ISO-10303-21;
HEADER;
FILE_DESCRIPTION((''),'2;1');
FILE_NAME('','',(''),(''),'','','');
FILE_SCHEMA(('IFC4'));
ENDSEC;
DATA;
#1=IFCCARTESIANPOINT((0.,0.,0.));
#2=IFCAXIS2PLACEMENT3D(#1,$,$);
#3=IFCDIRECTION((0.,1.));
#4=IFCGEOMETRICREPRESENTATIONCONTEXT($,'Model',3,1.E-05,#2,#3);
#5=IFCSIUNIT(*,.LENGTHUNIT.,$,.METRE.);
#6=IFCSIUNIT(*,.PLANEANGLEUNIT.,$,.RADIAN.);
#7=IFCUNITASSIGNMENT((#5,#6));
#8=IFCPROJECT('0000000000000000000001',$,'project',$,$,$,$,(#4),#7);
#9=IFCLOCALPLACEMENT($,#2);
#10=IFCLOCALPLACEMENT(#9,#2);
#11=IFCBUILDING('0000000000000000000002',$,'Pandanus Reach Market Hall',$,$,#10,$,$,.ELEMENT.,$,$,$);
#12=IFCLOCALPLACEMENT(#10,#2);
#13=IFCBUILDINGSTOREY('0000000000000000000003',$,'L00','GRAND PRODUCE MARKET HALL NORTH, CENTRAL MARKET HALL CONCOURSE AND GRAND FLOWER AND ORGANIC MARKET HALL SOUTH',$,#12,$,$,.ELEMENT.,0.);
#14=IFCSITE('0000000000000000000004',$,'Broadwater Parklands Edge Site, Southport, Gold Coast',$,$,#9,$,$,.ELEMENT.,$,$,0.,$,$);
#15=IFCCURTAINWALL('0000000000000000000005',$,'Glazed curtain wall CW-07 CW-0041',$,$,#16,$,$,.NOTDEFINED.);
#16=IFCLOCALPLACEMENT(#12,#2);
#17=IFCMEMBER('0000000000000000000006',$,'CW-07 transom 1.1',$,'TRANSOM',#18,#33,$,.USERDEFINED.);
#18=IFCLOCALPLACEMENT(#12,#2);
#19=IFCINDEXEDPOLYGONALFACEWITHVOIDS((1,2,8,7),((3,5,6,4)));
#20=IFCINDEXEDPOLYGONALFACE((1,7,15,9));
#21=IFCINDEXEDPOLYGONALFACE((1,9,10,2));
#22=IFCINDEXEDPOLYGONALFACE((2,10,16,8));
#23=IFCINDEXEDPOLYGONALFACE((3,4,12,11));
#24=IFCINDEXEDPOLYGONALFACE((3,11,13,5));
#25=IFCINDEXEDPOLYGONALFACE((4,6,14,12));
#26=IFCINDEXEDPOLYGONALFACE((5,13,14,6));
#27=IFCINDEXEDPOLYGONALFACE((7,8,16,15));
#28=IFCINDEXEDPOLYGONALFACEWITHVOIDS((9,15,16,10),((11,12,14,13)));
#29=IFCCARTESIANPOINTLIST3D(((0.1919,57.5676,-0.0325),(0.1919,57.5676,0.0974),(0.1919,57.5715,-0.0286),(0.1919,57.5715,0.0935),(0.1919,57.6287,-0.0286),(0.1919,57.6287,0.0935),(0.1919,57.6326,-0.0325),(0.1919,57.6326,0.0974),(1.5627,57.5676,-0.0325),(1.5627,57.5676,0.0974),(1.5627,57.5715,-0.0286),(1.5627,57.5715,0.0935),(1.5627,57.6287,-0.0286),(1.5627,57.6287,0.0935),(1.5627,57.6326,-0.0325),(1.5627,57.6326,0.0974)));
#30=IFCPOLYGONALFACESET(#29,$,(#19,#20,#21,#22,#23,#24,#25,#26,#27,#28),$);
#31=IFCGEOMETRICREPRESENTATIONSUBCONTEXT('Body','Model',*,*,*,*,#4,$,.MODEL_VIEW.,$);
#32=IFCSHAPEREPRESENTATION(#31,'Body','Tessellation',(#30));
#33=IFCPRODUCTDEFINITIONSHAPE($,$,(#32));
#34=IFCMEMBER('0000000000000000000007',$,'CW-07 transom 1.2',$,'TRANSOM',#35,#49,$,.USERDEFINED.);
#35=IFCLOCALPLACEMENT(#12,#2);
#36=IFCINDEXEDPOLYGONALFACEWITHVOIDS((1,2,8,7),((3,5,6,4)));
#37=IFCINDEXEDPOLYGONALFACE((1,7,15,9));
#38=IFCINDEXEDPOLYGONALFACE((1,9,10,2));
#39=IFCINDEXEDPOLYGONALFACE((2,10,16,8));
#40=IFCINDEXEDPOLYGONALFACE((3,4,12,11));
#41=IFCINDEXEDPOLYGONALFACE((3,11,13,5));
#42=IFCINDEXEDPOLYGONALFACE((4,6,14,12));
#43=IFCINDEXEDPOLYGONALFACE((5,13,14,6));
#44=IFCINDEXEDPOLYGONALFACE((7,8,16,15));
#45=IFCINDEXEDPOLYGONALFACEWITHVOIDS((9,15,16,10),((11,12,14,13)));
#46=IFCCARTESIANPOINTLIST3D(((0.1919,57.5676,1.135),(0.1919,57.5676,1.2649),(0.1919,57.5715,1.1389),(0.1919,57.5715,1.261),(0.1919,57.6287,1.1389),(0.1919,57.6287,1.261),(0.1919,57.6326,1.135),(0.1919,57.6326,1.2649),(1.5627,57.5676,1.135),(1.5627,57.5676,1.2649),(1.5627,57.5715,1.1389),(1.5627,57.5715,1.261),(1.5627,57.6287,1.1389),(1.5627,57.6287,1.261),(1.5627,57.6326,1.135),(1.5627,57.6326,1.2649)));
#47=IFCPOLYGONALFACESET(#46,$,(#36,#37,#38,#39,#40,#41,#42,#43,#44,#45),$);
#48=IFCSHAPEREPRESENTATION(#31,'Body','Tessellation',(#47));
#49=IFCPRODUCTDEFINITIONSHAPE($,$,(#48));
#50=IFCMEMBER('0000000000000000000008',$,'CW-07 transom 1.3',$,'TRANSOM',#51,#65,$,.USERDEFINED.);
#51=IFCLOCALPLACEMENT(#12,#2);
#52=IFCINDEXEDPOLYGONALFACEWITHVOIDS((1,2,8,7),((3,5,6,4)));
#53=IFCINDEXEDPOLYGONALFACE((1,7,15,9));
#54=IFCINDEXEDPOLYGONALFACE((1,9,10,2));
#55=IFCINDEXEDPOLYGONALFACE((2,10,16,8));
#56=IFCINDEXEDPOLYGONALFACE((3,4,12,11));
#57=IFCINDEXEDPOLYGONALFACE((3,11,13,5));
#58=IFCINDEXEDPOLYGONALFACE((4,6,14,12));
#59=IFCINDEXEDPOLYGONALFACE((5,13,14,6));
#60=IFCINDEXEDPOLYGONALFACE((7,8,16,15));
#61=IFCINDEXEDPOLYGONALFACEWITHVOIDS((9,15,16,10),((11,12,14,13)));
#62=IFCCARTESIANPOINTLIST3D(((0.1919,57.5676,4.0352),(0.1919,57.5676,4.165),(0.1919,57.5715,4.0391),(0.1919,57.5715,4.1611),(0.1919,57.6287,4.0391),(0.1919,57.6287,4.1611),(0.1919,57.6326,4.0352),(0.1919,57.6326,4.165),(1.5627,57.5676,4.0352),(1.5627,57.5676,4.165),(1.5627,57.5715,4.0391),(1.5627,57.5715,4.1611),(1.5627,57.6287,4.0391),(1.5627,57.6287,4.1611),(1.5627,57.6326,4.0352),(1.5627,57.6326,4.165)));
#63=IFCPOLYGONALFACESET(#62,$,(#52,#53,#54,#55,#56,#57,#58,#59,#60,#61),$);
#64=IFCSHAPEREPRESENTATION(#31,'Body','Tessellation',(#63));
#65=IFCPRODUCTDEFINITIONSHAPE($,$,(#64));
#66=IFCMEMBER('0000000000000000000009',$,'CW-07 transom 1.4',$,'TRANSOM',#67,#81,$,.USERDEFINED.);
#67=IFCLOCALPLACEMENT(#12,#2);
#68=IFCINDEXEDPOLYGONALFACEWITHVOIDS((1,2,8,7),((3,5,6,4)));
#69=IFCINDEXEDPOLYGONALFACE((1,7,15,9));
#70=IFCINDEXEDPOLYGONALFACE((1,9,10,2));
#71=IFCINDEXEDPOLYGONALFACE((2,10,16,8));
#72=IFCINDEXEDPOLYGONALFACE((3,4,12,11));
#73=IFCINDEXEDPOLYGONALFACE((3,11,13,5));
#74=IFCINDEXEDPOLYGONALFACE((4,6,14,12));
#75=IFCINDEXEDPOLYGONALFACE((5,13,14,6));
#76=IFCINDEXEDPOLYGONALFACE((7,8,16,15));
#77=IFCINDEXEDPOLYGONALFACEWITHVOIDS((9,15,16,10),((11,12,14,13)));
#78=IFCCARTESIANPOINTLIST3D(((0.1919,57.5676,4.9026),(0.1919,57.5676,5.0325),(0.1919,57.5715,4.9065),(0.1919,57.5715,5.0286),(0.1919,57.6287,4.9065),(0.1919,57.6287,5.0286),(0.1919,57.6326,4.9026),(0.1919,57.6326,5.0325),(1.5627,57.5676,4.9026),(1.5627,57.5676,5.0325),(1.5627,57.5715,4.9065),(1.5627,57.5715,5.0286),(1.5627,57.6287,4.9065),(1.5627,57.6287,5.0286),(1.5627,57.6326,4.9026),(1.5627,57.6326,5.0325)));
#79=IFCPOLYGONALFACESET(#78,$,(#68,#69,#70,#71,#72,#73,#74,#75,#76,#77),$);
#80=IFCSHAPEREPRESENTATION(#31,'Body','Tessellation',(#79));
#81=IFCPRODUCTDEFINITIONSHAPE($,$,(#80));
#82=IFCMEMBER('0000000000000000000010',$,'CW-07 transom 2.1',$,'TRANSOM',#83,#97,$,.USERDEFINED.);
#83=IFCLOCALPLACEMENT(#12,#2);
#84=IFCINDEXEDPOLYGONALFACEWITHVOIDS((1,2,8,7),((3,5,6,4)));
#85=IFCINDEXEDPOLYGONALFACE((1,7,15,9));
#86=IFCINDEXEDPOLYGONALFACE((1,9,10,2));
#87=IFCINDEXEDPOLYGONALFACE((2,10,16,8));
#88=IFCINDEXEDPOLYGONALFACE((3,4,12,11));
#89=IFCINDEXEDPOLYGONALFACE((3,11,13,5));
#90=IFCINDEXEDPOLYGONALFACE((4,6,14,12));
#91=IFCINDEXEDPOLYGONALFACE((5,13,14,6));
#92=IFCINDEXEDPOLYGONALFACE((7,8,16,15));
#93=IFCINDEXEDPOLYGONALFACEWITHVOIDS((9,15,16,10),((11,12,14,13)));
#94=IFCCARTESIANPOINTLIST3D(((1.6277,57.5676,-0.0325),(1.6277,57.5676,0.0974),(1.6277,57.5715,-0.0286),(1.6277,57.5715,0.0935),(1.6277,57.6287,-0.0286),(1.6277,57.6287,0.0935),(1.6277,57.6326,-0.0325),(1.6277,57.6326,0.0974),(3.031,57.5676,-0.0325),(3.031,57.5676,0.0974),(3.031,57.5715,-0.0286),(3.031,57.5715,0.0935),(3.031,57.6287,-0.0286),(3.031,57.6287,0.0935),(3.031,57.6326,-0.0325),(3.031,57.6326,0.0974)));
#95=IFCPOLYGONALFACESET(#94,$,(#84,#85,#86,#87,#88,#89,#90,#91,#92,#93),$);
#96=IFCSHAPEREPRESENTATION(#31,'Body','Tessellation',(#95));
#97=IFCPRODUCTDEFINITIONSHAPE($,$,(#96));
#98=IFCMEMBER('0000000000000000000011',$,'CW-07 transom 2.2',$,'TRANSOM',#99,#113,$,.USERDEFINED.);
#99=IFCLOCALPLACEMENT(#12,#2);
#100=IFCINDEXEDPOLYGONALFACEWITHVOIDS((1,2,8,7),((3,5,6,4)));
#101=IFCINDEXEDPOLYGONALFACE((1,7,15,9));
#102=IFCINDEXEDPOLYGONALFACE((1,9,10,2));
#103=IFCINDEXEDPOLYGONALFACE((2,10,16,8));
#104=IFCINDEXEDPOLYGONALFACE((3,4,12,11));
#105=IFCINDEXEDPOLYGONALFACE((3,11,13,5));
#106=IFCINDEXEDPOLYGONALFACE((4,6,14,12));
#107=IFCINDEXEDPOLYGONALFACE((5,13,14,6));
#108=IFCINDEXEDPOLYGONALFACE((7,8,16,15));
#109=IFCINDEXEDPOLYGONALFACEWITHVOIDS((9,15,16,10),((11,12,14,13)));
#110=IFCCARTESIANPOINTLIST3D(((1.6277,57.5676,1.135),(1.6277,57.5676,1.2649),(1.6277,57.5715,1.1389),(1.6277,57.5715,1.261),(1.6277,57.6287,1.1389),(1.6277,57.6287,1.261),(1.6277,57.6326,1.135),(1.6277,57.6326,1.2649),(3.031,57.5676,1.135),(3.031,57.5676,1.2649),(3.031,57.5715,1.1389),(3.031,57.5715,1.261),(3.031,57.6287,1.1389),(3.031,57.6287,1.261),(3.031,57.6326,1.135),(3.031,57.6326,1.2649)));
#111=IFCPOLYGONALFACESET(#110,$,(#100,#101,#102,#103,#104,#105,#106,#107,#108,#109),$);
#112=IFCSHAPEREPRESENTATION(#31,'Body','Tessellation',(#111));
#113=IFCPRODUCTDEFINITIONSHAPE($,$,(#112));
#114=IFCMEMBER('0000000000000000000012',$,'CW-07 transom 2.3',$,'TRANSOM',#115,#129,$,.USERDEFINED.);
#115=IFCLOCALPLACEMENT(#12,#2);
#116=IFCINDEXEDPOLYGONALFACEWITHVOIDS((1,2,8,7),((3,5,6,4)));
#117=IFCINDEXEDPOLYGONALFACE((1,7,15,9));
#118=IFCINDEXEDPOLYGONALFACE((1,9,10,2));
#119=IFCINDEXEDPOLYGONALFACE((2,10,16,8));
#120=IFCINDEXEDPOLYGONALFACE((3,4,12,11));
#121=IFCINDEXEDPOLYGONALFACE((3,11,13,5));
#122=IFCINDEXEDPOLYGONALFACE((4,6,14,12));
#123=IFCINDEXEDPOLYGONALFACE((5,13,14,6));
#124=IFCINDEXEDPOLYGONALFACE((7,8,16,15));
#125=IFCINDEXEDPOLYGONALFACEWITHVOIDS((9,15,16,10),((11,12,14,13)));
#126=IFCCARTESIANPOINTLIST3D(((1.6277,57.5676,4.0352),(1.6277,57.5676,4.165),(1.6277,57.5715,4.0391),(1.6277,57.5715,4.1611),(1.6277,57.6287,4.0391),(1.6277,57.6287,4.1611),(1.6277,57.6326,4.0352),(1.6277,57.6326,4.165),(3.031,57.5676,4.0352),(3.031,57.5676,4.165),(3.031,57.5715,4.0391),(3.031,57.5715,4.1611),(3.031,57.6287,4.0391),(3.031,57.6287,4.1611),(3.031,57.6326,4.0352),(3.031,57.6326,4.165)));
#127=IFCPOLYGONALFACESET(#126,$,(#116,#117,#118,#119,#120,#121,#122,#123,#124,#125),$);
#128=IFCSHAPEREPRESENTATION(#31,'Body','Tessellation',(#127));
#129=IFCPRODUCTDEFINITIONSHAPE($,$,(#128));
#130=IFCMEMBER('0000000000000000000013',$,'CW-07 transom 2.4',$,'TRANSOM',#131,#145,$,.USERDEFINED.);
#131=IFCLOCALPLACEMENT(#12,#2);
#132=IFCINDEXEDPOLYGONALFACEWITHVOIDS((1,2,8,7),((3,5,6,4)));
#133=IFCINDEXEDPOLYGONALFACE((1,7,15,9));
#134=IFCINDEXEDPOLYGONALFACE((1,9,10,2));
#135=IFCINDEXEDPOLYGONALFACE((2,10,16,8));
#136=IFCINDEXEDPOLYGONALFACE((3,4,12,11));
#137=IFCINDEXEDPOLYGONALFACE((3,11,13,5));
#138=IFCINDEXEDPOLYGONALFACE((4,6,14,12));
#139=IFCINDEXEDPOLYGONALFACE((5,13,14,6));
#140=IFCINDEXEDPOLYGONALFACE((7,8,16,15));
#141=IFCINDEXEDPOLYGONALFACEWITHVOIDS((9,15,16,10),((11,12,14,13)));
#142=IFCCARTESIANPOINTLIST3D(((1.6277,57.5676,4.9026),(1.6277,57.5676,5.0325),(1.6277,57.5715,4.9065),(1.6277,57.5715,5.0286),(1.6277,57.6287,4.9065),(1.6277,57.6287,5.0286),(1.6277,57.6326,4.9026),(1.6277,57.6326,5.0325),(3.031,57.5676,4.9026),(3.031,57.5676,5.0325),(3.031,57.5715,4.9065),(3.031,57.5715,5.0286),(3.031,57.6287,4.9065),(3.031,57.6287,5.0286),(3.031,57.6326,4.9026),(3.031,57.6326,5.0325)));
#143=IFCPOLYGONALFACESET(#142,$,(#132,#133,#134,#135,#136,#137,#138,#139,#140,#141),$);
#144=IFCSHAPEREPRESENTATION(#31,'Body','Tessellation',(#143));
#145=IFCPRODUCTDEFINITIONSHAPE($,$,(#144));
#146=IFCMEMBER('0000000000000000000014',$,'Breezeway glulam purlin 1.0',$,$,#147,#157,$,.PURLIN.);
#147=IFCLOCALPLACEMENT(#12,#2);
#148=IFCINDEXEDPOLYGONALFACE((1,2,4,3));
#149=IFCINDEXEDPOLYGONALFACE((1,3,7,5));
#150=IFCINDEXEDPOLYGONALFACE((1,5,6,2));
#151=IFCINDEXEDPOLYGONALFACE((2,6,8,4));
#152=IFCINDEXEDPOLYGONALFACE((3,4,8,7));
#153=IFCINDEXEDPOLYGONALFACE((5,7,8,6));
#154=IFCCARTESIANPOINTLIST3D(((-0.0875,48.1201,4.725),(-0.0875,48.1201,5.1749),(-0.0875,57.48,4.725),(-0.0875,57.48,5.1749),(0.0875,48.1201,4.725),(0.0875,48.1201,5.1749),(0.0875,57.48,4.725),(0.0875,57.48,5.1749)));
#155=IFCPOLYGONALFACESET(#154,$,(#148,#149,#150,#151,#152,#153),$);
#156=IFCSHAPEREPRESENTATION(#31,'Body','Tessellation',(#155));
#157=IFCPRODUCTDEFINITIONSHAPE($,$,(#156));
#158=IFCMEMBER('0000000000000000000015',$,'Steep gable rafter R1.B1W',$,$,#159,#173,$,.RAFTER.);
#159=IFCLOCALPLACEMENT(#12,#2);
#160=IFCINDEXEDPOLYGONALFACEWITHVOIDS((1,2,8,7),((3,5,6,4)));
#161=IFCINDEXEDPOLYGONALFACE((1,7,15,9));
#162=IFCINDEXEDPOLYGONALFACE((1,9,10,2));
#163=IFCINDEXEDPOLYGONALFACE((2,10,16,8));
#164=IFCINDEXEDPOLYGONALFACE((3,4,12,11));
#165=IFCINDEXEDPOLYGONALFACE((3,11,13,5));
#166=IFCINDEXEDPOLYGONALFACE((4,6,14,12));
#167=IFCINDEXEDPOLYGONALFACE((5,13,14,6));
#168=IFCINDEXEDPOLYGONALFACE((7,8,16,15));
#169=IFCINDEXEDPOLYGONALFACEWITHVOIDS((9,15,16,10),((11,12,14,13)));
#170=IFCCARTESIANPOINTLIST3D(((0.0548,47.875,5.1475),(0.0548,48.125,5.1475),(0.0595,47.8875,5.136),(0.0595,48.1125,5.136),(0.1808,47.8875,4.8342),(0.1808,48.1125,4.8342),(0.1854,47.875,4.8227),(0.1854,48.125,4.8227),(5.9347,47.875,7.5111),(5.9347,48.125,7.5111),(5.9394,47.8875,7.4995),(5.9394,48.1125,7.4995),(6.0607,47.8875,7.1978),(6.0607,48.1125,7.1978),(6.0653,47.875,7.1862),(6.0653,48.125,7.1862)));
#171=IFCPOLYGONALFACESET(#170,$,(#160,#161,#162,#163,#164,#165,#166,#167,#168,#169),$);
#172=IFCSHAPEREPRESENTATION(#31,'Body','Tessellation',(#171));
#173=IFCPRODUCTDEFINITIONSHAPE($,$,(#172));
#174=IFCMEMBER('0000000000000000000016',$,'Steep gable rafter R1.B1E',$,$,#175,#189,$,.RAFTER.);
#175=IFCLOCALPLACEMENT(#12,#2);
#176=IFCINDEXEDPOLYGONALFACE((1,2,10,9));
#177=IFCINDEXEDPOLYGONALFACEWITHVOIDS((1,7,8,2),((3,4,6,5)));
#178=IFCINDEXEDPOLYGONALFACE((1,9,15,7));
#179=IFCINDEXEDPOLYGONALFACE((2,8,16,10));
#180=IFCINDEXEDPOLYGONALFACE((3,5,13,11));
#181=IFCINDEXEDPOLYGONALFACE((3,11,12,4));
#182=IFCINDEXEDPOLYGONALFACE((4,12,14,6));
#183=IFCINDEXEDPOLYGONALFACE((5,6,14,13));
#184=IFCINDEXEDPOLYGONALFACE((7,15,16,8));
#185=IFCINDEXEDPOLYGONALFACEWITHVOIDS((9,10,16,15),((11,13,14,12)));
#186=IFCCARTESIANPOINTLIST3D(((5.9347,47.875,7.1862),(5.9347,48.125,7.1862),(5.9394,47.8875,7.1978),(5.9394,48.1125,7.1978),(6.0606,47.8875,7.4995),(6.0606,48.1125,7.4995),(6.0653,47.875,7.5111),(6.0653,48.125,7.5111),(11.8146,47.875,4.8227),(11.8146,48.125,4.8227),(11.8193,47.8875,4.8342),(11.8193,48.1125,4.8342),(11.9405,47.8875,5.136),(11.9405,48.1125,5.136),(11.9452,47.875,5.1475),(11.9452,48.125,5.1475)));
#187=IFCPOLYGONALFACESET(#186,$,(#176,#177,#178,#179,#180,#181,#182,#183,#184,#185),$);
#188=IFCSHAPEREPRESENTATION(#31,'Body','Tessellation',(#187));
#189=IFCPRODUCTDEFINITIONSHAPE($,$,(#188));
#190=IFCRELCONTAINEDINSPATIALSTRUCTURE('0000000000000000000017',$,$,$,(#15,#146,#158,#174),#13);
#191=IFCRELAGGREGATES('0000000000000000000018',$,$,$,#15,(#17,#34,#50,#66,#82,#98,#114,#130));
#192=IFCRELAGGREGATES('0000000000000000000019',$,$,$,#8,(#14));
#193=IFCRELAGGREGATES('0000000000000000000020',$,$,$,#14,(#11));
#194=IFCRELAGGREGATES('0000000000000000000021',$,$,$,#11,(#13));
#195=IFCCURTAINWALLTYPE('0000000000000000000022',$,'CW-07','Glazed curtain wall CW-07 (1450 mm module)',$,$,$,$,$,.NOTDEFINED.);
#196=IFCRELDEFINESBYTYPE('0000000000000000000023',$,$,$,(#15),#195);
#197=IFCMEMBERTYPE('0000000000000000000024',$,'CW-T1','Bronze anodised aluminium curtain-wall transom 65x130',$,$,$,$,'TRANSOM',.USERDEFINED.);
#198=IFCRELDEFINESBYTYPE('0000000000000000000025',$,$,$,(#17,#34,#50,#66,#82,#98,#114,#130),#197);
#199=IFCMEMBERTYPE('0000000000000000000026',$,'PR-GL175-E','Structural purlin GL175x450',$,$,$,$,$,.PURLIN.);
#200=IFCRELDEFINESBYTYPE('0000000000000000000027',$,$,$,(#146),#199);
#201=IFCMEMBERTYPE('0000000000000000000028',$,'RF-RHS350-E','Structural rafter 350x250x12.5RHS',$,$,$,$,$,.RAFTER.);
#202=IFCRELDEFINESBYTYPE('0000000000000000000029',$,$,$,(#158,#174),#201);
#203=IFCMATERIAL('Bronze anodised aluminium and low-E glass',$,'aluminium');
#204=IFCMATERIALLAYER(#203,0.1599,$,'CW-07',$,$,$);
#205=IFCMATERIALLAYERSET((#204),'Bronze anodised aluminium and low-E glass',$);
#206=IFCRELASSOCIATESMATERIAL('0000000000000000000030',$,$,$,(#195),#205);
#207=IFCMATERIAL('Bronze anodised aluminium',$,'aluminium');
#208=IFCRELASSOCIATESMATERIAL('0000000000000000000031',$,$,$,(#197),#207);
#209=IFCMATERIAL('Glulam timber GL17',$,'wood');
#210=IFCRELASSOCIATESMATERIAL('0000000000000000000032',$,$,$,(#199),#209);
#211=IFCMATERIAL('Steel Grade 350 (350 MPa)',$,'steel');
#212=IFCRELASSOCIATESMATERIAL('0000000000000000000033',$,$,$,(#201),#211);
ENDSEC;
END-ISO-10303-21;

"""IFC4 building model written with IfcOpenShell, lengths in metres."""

from ifc_helpers import new_model, si_unit, direction, frame, origin, origin_2d, place, context, subcontext, project, spatial, rectangle, hollow_rectangle, extrude, material, layer, layer_set, material_profile, profile_set, type_object, element, aggregate, save


model = new_model("IFC4")

# Units and contexts
model_context = context("Model", 3, precision=1e-05, world=origin(), true_north=direction((0.0, 1.0)))
body_context = subcontext(model_context, "Body", "Model", "MODEL_VIEW")
ifc_project = project(units=[si_unit("LENGTHUNIT", "METRE"), si_unit("PLANEANGLEUNIT", "RADIAN")], contexts=[model_context])

# Site, building, storey
site_placement = place(None, origin())
site = spatial("IfcSite", under=ifc_project, at=site_placement, Name="Broadwater Parklands Edge Site, Southport, Gold Coast", CompositionType="ELEMENT", RefElevation=0.0)
building_placement = place(site_placement, origin())
building = spatial("IfcBuilding", under=site, at=building_placement, Name="Pandanus Reach Market Hall", CompositionType="ELEMENT")
storey_placement = place(building_placement, origin())
storey = spatial("IfcBuildingStorey", under=building, at=storey_placement, Name="L00", Description="GRAND PRODUCE MARKET HALL NORTH, CENTRAL MARKET HALL CONCOURSE AND GRAND FLOWER AND ORGANIC MARKET HALL SOUTH", CompositionType="ELEMENT", Elevation=0.0)

# Shared definitions
ifc_material_1 = material(Name="Steel Grade 350 (350 MPa)", Category="steel")

# Curtain wall, members
ifc_material_2 = material(Name="Bronze anodised aluminium and low-E glass", Category="aluminium")
ifc_layer_1 = layer(ifc_material_2, 0.1599, Name="CW-07")
ifc_layer_set_1 = layer_set([ifc_layer_1], Name="Bronze anodised aluminium and low-E glass")
curtain_wall_type = type_object("IfcCurtainWallType", Name="CW-07", Description="Glazed curtain wall CW-07 (1450 mm module)", PredefinedType="NOTDEFINED", material=ifc_layer_set_1)
curtain_wall_placement = place(storey_placement, origin())
curtain_wall = element("IfcCurtainWall", 1, at=curtain_wall_placement, inside=storey, type_object=curtain_wall_type, Name="Glazed curtain wall CW-07 CW-0041", PredefinedType="NOTDEFINED")
ifc_material_3 = material(Name="Bronze anodised aluminium", Category="aluminium")
ifc_material_profile_1 = material_profile(ifc_material_3, hollow_rectangle(XDim=0.0649, YDim=0.1299, WallThickness=0.0039, at=origin_2d()), Name="ALU65x130", Category="LoadBearing")
ifc_profile_set_1 = profile_set([ifc_material_profile_1], Name="Bronze anodised aluminium")
member_type_1 = type_object("IfcMemberType", Name="CW-T1", Description="Bronze anodised aluminium curtain-wall transom 65x130", ElementType="TRANSOM", PredefinedType="USERDEFINED", material=ifc_profile_set_1)
member_1_placement = place(storey_placement, frame((0.1919, 57.6001, 0.0325), z_axis=(1.0, 0.0, 0.0), x_axis=(0.0, 1.0, 0.0)))
member_1 = element("IfcMember", 2, at=member_1_placement, type_object=member_type_1, Name="CW-07 transom 1.1", ObjectType="TRANSOM", PredefinedType="USERDEFINED", context=body_context, shape_type="SweptSolid", body=[
    extrude(hollow_rectangle(XDim=0.0649, YDim=0.1299, WallThickness=0.0039, at=origin_2d()), origin(), (0.0, 0.0, 1.0), 1.3708),
])
member_2_placement = place(storey_placement, frame((0.1919, 57.6001, 1.2), z_axis=(1.0, 0.0, 0.0), x_axis=(0.0, 1.0, 0.0)))
member_2 = element("IfcMember", 3, at=member_2_placement, type_object=member_type_1, Name="CW-07 transom 1.2", ObjectType="TRANSOM", PredefinedType="USERDEFINED", context=body_context, shape_type="SweptSolid", body=[
    extrude(hollow_rectangle(XDim=0.0649, YDim=0.1299, WallThickness=0.0039, at=origin_2d()), origin(), (0.0, 0.0, 1.0), 1.3708),
])
member_3_placement = place(storey_placement, frame((0.1919, 57.6001, 4.1001), z_axis=(1.0, 0.0, 0.0), x_axis=(0.0, 1.0, 0.0)))
member_3 = element("IfcMember", 4, at=member_3_placement, type_object=member_type_1, Name="CW-07 transom 1.3", ObjectType="TRANSOM", PredefinedType="USERDEFINED", context=body_context, shape_type="SweptSolid", body=[
    extrude(hollow_rectangle(XDim=0.0649, YDim=0.1299, WallThickness=0.0039, at=origin_2d()), origin(), (0.0, 0.0, 1.0), 1.3708),
])
member_4_placement = place(storey_placement, frame((0.1919, 57.6001, 4.9675), z_axis=(1.0, 0.0, 0.0), x_axis=(0.0, 1.0, 0.0)))
member_4 = element("IfcMember", 5, at=member_4_placement, type_object=member_type_1, Name="CW-07 transom 1.4", ObjectType="TRANSOM", PredefinedType="USERDEFINED", context=body_context, shape_type="SweptSolid", body=[
    extrude(hollow_rectangle(XDim=0.0649, YDim=0.1299, WallThickness=0.0039, at=origin_2d()), origin(), (0.0, 0.0, 1.0), 1.3708),
])
member_5_placement = place(storey_placement, frame((1.6277, 57.6001, 0.0325), z_axis=(1.0, 0.0, 0.0), x_axis=(0.0, 1.0, 0.0)))
member_5 = element("IfcMember", 6, at=member_5_placement, type_object=member_type_1, Name="CW-07 transom 2.1", ObjectType="TRANSOM", PredefinedType="USERDEFINED", context=body_context, shape_type="SweptSolid", body=[
    extrude(hollow_rectangle(XDim=0.0649, YDim=0.1299, WallThickness=0.0039, at=origin_2d()), origin(), (0.0, 0.0, 1.0), 1.4033),
])
member_6_placement = place(storey_placement, frame((1.6277, 57.6001, 1.2), z_axis=(1.0, 0.0, 0.0), x_axis=(0.0, 1.0, 0.0)))
member_6 = element("IfcMember", 7, at=member_6_placement, type_object=member_type_1, Name="CW-07 transom 2.2", ObjectType="TRANSOM", PredefinedType="USERDEFINED", context=body_context, shape_type="SweptSolid", body=[
    extrude(hollow_rectangle(XDim=0.0649, YDim=0.1299, WallThickness=0.0039, at=origin_2d()), origin(), (0.0, 0.0, 1.0), 1.4033),
])
member_7_placement = place(storey_placement, frame((1.6277, 57.6001, 4.1001), z_axis=(1.0, 0.0, 0.0), x_axis=(0.0, 1.0, 0.0)))
member_7 = element("IfcMember", 8, at=member_7_placement, type_object=member_type_1, Name="CW-07 transom 2.3", ObjectType="TRANSOM", PredefinedType="USERDEFINED", context=body_context, shape_type="SweptSolid", body=[
    extrude(hollow_rectangle(XDim=0.0649, YDim=0.1299, WallThickness=0.0039, at=origin_2d()), origin(), (0.0, 0.0, 1.0), 1.4033),
])
member_8_placement = place(storey_placement, frame((1.6277, 57.6001, 4.9675), z_axis=(1.0, 0.0, 0.0), x_axis=(0.0, 1.0, 0.0)))
member_8 = element("IfcMember", 9, at=member_8_placement, type_object=member_type_1, Name="CW-07 transom 2.4", ObjectType="TRANSOM", PredefinedType="USERDEFINED", context=body_context, shape_type="SweptSolid", body=[
    extrude(hollow_rectangle(XDim=0.0649, YDim=0.1299, WallThickness=0.0039, at=origin_2d()), origin(), (0.0, 0.0, 1.0), 1.4033),
])

# Members
ifc_material_4 = material(Name="Glulam timber GL17", Category="wood")
ifc_material_profile_2 = material_profile(ifc_material_4, rectangle(XDim=0.175, YDim=0.45, at=origin_2d()), Name="GL175x450", Category="LoadBearing")
ifc_profile_set_2 = profile_set([ifc_material_profile_2], Name="Glulam timber GL17")
member_type_2 = type_object("IfcMemberType", Name="PR-GL175-E", Description="Structural purlin GL175x450", PredefinedType="PURLIN", material=ifc_profile_set_2)
member_9_placement = place(storey_placement, frame((0.0, 48.1201, 4.95), z_axis=(0.0, 1.0, 0.0), x_axis=(-1.0, 0.0, 0.0)))
element("IfcMember", 10, at=member_9_placement, inside=storey, type_object=member_type_2, Name="Breezeway glulam purlin 1.0", PredefinedType="PURLIN", context=body_context, shape_type="SweptSolid", body=[
    extrude(rectangle(XDim=0.175, YDim=0.45, at=origin_2d()), origin(), (0.0, 0.0, 1.0), 9.3599),
])
ifc_material_profile_3 = material_profile(ifc_material_1, hollow_rectangle(XDim=0.25, YDim=0.3501, WallThickness=0.0125, at=origin_2d()), Name="350x250x12.5RHS", Category="LoadBearing")
ifc_profile_set_3 = profile_set([ifc_material_profile_3], Name="Steel Grade 350 (350 MPa)")
member_type_3 = type_object("IfcMemberType", Name="RF-RHS350-E", Description="Structural rafter 350x250x12.5RHS", PredefinedType="RAFTER", material=ifc_profile_set_3)
for number, where, z_axis, x_axis, name in (
    (11, (0.1201, 48.0, 4.9851), (0.927846, 0.0, 0.372964), (0.0, 1.0, 0.0), "Steep gable rafter R1.B1W"),
    (12, (6.0, 48.0, 7.3486), (0.927846, 0.0, -0.372964), (0.0, 1.0, 0.0), "Steep gable rafter R1.B1E"),
):
    element("IfcMember", number, at=place(storey_placement, frame(where, z_axis=z_axis, x_axis=x_axis)), inside=storey, type_object=member_type_3, Name=name, PredefinedType="RAFTER", context=body_context, shape_type="SweptSolid", body=[
        extrude(hollow_rectangle(XDim=0.25, YDim=0.3501, WallThickness=0.0125, at=origin_2d()), origin(), (0.0, 0.0, 1.0), 6.3372),
    ])

aggregate(curtain_wall, [member_1, member_2, member_3, member_4, member_5, member_6, member_7, member_8])

save(model, "model.ifc")
